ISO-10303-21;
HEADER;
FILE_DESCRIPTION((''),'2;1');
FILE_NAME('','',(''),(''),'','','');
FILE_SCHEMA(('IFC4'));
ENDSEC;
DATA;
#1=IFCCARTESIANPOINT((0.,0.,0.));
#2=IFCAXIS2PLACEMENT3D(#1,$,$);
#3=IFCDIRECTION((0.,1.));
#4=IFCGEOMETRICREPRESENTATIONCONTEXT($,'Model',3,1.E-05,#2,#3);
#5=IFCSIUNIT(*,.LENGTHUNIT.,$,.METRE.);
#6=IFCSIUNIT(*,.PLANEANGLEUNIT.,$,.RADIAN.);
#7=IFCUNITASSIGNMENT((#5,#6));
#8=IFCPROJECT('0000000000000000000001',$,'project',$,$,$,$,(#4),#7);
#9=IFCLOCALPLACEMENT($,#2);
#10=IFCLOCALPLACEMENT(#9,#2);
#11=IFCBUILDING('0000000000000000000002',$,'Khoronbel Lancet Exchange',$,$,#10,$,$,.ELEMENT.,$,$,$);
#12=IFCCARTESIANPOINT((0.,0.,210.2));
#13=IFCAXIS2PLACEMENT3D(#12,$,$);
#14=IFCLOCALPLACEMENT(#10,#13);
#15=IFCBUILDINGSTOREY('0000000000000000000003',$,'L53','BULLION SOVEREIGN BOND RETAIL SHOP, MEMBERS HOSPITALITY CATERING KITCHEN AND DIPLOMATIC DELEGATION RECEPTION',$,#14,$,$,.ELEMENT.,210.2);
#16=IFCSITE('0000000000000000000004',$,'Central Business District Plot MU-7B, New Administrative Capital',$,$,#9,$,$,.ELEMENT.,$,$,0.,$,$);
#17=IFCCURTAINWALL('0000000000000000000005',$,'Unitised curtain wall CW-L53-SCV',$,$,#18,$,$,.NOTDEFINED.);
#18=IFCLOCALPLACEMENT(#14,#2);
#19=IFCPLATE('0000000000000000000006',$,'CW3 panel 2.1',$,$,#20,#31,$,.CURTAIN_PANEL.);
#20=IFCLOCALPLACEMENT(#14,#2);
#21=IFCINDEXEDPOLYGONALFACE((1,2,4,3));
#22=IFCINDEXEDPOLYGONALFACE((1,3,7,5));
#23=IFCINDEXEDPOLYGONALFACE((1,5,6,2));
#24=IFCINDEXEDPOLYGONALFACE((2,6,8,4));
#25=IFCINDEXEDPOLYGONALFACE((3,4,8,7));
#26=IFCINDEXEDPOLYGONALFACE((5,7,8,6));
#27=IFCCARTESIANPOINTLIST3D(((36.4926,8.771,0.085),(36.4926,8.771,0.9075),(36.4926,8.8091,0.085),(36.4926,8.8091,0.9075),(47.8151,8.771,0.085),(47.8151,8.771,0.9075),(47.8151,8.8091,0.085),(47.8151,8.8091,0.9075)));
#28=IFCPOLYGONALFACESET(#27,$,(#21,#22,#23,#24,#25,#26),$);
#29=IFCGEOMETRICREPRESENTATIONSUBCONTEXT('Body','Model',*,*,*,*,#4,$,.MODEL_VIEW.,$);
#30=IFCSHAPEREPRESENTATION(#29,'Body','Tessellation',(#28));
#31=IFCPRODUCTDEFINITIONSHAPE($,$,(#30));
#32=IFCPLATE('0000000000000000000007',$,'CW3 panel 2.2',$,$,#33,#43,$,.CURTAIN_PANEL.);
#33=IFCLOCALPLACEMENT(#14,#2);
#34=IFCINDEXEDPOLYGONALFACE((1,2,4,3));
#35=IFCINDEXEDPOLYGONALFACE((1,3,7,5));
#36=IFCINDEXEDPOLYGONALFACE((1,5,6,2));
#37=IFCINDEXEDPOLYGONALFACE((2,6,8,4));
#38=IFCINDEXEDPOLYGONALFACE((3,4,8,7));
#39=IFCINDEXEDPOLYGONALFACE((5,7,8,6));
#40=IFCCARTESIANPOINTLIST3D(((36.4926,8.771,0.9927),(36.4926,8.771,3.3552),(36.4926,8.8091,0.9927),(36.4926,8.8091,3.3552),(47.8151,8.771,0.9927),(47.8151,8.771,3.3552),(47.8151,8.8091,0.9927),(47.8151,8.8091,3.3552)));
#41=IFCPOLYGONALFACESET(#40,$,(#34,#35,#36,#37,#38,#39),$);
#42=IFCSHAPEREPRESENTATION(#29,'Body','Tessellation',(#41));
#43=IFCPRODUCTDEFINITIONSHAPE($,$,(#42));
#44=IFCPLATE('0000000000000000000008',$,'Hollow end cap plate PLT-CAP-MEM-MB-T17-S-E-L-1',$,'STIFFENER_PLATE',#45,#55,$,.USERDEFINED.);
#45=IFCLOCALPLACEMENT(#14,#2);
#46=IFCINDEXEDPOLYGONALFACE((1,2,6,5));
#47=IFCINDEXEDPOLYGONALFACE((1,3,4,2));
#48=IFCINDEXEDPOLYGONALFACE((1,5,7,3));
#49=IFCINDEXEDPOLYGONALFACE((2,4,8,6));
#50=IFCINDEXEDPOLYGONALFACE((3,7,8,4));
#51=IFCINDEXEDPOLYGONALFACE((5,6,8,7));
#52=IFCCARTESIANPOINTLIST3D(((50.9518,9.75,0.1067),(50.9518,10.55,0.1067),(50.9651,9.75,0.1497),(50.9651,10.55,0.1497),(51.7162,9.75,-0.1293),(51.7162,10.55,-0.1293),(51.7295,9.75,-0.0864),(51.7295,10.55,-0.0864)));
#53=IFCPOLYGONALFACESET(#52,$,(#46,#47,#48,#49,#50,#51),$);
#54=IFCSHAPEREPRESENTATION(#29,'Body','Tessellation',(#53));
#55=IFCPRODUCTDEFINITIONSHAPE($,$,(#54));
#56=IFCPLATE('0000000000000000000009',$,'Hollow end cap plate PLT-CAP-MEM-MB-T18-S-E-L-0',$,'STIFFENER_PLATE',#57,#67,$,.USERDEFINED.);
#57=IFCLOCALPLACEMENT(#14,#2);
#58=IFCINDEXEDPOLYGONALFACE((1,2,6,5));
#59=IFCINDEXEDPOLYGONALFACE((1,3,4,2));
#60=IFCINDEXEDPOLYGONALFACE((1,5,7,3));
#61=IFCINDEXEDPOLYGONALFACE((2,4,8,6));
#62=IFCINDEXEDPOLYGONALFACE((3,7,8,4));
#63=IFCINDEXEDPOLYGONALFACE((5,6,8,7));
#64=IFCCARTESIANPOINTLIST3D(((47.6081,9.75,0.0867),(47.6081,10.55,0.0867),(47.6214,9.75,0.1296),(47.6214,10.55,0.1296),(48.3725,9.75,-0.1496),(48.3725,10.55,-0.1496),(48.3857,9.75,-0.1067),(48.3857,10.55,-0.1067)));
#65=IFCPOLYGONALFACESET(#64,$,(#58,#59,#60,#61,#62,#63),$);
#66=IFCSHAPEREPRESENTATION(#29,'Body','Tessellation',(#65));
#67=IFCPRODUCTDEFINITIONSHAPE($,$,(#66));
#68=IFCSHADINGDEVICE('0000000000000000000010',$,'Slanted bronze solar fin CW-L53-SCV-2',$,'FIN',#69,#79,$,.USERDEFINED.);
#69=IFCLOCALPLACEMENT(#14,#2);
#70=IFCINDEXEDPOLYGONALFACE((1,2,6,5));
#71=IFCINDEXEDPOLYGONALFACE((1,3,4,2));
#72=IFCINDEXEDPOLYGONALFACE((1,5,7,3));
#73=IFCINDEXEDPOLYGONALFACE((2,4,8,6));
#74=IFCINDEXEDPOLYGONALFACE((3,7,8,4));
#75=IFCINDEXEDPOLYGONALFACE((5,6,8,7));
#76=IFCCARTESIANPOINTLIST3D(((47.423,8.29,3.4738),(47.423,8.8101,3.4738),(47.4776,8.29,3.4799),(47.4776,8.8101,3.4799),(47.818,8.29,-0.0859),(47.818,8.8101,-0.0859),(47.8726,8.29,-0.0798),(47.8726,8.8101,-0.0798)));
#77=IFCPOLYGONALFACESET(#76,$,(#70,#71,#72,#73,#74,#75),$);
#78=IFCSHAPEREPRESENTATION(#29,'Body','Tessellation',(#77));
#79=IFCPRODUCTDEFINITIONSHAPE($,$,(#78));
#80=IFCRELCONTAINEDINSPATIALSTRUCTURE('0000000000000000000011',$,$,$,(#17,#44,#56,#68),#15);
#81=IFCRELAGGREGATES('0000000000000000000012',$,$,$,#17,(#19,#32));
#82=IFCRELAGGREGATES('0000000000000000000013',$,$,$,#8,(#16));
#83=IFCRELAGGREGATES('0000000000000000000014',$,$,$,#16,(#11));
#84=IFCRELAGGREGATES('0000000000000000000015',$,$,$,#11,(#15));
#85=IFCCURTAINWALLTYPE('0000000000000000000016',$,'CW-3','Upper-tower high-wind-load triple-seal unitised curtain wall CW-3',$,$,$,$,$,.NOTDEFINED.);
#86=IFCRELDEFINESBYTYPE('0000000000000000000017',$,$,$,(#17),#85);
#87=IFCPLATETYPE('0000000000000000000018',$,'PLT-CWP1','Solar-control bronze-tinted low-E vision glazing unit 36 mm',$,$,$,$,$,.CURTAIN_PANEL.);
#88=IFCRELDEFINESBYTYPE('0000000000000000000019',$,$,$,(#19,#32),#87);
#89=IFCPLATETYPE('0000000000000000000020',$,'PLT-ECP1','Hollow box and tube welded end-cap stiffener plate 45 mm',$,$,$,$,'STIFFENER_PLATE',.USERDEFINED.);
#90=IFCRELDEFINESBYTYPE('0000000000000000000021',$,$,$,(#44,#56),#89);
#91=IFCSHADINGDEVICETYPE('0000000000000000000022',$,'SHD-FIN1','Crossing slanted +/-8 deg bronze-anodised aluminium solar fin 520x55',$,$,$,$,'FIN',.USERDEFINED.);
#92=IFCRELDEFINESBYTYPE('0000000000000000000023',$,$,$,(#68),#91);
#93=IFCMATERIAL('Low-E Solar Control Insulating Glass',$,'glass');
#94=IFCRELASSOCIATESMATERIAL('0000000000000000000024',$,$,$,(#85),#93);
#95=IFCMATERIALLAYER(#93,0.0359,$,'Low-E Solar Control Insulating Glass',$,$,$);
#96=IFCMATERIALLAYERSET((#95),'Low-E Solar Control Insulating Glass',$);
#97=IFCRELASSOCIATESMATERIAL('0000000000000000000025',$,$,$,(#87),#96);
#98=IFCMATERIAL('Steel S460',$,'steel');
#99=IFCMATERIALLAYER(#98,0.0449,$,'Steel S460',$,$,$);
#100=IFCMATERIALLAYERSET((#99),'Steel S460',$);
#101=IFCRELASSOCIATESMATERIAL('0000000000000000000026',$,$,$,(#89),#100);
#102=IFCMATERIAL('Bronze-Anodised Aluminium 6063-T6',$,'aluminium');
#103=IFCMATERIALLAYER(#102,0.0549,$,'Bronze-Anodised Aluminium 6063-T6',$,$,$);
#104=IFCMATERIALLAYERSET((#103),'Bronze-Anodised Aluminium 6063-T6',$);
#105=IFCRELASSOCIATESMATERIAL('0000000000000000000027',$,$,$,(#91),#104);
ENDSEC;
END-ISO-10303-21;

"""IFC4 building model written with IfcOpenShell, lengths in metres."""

from ifc_helpers import new_model, si_unit, direction, frame, origin, origin_2d, place, context, subcontext, project, spatial, polyline, rectangle, outline, extrude, material, layer, layer_set, type_object, element, aggregate, save


model = new_model("IFC4")

# Units and contexts
model_context = context("Model", 3, precision=1e-05, world=origin(), true_north=direction((0.0, 1.0)))
body_context = subcontext(model_context, "Body", "Model", "MODEL_VIEW")
ifc_project = project(units=[si_unit("LENGTHUNIT", "METRE"), si_unit("PLANEANGLEUNIT", "RADIAN")], contexts=[model_context])

# Site, building, storey
site_placement = place(None, origin())
site = spatial("IfcSite", under=ifc_project, at=site_placement, Name="Central Business District Plot MU-7B, New Administrative Capital", CompositionType="ELEMENT", RefElevation=0.0)
building_placement = place(site_placement, origin())
building = spatial("IfcBuilding", under=site, at=building_placement, Name="Khoronbel Lancet Exchange", CompositionType="ELEMENT")
storey_placement = place(building_placement, frame((0.0, 0.0, 210.2)))
storey = spatial("IfcBuildingStorey", under=building, at=storey_placement, Name="L53", Description="BULLION SOVEREIGN BOND RETAIL SHOP, MEMBERS HOSPITALITY CATERING KITCHEN AND DIPLOMATIC DELEGATION RECEPTION", CompositionType="ELEMENT", Elevation=210.2)

# Shared definitions
ifc_material_1 = material(Name="Steel S460", Category="steel")

# Curtain wall
ifc_material_2 = material(Name="Low-E Solar Control Insulating Glass", Category="glass")
curtain_wall_type = type_object("IfcCurtainWallType", Name="CW-3", Description="Upper-tower high-wind-load triple-seal unitised curtain wall CW-3", PredefinedType="NOTDEFINED", material=ifc_material_2)
curtain_wall_1_placement = place(storey_placement, origin())
curtain_wall_1 = element("IfcCurtainWall", 1, at=curtain_wall_1_placement, inside=storey, type_object=curtain_wall_type, Name="Unitised curtain wall CW-L53-SCV", PredefinedType="NOTDEFINED")
ifc_material_3 = material(Name="Bronze-Anodised Aluminium 6063-T6", Category="aluminium")

# Plates
ifc_layer_1 = layer(ifc_material_2, 0.0359, Name="Low-E Solar Control Insulating Glass")
ifc_layer_set_1 = layer_set([ifc_layer_1], Name="Low-E Solar Control Insulating Glass")
plate_type_1 = type_object("IfcPlateType", Name="PLT-CWP1", Description="Solar-control bronze-tinted low-E vision glazing unit 36 mm", PredefinedType="CURTAIN_PANEL", material=ifc_layer_set_1)
plate_1_placement = place(storey_placement, frame((42.1538, 8.79, 0.085), z_axis=(0.0, 0.0, 1.0), x_axis=(1.0, 0.0, 0.0)))
plate_1 = element("IfcPlate", 2, at=plate_1_placement, type_object=plate_type_1, Name="CW3 panel 2.1", PredefinedType="CURTAIN_PANEL", context=body_context, shape_type="SweptSolid", body=[
    extrude(rectangle(XDim=11.3225, YDim=0.0381, at=origin_2d()), origin(), (0.0, 0.0, 1.0), 0.8225),
])
plate_2_placement = place(storey_placement, frame((42.1538, 8.79, 0.9927), z_axis=(0.0, 0.0, 1.0), x_axis=(1.0, 0.0, 0.0)))
plate_2 = element("IfcPlate", 3, at=plate_2_placement, type_object=plate_type_1, Name="CW3 panel 2.2", PredefinedType="CURTAIN_PANEL", context=body_context, shape_type="SweptSolid", body=[
    extrude(rectangle(XDim=11.3225, YDim=0.0381, at=origin_2d()), origin(), (0.0, 0.0, 1.0), 2.3625),
])
aggregate(curtain_wall_1, [plate_1, plate_2])

# Plates
ifc_layer_2 = layer(ifc_material_1, 0.0449, Name="Steel S460")
ifc_layer_set_2 = layer_set([ifc_layer_2], Name="Steel S460")
plate_type_2 = type_object("IfcPlateType", Name="PLT-ECP1", Description="Hollow box and tube welded end-cap stiffener plate 45 mm", ElementType="STIFFENER_PLATE", PredefinedType="USERDEFINED", material=ifc_layer_set_2)
for number, where, z_axis, x_axis, name in (
    (4, (51.7295, 9.75, -0.0864), (0.295094, 0.0, 0.955468), (0.0, 1.0, 0.0), "Hollow end cap plate PLT-CAP-MEM-MB-T17-S-E-L-1"),
    (5, (48.3857, 9.75, -0.1067), (0.295372, 0.0, 0.955382), (0.0, 1.0, 0.0), "Hollow end cap plate PLT-CAP-MEM-MB-T18-S-E-L-0"),
):
    element("IfcPlate", number, at=place(storey_placement, frame(where, z_axis=z_axis, x_axis=x_axis)), inside=storey, type_object=plate_type_2, Name=name, ObjectType="STIFFENER_PLATE", PredefinedType="USERDEFINED", context=body_context, shape_type="SweptSolid", body=[
        extrude(outline(polyline([(0.0, 0.0), (0.8, 0.0), (0.8, 0.8), (0.0, 0.8), (0.0, 0.0)])), origin(), (0.0, 0.0, -1.0), 0.0449),
    ])

# Shading device
ifc_layer_3 = layer(ifc_material_3, 0.0549, Name="Bronze-Anodised Aluminium 6063-T6")
ifc_layer_set_3 = layer_set([ifc_layer_3], Name="Bronze-Anodised Aluminium 6063-T6")
shading_device_type = type_object("IfcShadingDeviceType", Name="SHD-FIN1", Description="Crossing slanted +/-8 deg bronze-anodised aluminium solar fin 520x55", ElementType="FIN", PredefinedType="USERDEFINED", material=ifc_layer_set_3)
shading_device_placement = place(storey_placement, frame((47.8726, 8.8101, -0.0798), z_axis=(0.9939, 0.0, 0.110289), x_axis=(0.0, -1.0, 0.0)))
element("IfcShadingDevice", 6, at=shading_device_placement, inside=storey, type_object=shading_device_type, Name="Slanted bronze solar fin CW-L53-SCV-2", ObjectType="FIN", PredefinedType="USERDEFINED", context=body_context, shape_type="SweptSolid", body=[
    extrude(outline(polyline([(0.0, 0.0), (0.52, 0.0), (0.52, -3.5815), (0.0, -3.5815), (0.0, 0.0)])), origin(), (0.0, 0.0, -1.0), 0.0549),
])

save(model, "model.ifc")
